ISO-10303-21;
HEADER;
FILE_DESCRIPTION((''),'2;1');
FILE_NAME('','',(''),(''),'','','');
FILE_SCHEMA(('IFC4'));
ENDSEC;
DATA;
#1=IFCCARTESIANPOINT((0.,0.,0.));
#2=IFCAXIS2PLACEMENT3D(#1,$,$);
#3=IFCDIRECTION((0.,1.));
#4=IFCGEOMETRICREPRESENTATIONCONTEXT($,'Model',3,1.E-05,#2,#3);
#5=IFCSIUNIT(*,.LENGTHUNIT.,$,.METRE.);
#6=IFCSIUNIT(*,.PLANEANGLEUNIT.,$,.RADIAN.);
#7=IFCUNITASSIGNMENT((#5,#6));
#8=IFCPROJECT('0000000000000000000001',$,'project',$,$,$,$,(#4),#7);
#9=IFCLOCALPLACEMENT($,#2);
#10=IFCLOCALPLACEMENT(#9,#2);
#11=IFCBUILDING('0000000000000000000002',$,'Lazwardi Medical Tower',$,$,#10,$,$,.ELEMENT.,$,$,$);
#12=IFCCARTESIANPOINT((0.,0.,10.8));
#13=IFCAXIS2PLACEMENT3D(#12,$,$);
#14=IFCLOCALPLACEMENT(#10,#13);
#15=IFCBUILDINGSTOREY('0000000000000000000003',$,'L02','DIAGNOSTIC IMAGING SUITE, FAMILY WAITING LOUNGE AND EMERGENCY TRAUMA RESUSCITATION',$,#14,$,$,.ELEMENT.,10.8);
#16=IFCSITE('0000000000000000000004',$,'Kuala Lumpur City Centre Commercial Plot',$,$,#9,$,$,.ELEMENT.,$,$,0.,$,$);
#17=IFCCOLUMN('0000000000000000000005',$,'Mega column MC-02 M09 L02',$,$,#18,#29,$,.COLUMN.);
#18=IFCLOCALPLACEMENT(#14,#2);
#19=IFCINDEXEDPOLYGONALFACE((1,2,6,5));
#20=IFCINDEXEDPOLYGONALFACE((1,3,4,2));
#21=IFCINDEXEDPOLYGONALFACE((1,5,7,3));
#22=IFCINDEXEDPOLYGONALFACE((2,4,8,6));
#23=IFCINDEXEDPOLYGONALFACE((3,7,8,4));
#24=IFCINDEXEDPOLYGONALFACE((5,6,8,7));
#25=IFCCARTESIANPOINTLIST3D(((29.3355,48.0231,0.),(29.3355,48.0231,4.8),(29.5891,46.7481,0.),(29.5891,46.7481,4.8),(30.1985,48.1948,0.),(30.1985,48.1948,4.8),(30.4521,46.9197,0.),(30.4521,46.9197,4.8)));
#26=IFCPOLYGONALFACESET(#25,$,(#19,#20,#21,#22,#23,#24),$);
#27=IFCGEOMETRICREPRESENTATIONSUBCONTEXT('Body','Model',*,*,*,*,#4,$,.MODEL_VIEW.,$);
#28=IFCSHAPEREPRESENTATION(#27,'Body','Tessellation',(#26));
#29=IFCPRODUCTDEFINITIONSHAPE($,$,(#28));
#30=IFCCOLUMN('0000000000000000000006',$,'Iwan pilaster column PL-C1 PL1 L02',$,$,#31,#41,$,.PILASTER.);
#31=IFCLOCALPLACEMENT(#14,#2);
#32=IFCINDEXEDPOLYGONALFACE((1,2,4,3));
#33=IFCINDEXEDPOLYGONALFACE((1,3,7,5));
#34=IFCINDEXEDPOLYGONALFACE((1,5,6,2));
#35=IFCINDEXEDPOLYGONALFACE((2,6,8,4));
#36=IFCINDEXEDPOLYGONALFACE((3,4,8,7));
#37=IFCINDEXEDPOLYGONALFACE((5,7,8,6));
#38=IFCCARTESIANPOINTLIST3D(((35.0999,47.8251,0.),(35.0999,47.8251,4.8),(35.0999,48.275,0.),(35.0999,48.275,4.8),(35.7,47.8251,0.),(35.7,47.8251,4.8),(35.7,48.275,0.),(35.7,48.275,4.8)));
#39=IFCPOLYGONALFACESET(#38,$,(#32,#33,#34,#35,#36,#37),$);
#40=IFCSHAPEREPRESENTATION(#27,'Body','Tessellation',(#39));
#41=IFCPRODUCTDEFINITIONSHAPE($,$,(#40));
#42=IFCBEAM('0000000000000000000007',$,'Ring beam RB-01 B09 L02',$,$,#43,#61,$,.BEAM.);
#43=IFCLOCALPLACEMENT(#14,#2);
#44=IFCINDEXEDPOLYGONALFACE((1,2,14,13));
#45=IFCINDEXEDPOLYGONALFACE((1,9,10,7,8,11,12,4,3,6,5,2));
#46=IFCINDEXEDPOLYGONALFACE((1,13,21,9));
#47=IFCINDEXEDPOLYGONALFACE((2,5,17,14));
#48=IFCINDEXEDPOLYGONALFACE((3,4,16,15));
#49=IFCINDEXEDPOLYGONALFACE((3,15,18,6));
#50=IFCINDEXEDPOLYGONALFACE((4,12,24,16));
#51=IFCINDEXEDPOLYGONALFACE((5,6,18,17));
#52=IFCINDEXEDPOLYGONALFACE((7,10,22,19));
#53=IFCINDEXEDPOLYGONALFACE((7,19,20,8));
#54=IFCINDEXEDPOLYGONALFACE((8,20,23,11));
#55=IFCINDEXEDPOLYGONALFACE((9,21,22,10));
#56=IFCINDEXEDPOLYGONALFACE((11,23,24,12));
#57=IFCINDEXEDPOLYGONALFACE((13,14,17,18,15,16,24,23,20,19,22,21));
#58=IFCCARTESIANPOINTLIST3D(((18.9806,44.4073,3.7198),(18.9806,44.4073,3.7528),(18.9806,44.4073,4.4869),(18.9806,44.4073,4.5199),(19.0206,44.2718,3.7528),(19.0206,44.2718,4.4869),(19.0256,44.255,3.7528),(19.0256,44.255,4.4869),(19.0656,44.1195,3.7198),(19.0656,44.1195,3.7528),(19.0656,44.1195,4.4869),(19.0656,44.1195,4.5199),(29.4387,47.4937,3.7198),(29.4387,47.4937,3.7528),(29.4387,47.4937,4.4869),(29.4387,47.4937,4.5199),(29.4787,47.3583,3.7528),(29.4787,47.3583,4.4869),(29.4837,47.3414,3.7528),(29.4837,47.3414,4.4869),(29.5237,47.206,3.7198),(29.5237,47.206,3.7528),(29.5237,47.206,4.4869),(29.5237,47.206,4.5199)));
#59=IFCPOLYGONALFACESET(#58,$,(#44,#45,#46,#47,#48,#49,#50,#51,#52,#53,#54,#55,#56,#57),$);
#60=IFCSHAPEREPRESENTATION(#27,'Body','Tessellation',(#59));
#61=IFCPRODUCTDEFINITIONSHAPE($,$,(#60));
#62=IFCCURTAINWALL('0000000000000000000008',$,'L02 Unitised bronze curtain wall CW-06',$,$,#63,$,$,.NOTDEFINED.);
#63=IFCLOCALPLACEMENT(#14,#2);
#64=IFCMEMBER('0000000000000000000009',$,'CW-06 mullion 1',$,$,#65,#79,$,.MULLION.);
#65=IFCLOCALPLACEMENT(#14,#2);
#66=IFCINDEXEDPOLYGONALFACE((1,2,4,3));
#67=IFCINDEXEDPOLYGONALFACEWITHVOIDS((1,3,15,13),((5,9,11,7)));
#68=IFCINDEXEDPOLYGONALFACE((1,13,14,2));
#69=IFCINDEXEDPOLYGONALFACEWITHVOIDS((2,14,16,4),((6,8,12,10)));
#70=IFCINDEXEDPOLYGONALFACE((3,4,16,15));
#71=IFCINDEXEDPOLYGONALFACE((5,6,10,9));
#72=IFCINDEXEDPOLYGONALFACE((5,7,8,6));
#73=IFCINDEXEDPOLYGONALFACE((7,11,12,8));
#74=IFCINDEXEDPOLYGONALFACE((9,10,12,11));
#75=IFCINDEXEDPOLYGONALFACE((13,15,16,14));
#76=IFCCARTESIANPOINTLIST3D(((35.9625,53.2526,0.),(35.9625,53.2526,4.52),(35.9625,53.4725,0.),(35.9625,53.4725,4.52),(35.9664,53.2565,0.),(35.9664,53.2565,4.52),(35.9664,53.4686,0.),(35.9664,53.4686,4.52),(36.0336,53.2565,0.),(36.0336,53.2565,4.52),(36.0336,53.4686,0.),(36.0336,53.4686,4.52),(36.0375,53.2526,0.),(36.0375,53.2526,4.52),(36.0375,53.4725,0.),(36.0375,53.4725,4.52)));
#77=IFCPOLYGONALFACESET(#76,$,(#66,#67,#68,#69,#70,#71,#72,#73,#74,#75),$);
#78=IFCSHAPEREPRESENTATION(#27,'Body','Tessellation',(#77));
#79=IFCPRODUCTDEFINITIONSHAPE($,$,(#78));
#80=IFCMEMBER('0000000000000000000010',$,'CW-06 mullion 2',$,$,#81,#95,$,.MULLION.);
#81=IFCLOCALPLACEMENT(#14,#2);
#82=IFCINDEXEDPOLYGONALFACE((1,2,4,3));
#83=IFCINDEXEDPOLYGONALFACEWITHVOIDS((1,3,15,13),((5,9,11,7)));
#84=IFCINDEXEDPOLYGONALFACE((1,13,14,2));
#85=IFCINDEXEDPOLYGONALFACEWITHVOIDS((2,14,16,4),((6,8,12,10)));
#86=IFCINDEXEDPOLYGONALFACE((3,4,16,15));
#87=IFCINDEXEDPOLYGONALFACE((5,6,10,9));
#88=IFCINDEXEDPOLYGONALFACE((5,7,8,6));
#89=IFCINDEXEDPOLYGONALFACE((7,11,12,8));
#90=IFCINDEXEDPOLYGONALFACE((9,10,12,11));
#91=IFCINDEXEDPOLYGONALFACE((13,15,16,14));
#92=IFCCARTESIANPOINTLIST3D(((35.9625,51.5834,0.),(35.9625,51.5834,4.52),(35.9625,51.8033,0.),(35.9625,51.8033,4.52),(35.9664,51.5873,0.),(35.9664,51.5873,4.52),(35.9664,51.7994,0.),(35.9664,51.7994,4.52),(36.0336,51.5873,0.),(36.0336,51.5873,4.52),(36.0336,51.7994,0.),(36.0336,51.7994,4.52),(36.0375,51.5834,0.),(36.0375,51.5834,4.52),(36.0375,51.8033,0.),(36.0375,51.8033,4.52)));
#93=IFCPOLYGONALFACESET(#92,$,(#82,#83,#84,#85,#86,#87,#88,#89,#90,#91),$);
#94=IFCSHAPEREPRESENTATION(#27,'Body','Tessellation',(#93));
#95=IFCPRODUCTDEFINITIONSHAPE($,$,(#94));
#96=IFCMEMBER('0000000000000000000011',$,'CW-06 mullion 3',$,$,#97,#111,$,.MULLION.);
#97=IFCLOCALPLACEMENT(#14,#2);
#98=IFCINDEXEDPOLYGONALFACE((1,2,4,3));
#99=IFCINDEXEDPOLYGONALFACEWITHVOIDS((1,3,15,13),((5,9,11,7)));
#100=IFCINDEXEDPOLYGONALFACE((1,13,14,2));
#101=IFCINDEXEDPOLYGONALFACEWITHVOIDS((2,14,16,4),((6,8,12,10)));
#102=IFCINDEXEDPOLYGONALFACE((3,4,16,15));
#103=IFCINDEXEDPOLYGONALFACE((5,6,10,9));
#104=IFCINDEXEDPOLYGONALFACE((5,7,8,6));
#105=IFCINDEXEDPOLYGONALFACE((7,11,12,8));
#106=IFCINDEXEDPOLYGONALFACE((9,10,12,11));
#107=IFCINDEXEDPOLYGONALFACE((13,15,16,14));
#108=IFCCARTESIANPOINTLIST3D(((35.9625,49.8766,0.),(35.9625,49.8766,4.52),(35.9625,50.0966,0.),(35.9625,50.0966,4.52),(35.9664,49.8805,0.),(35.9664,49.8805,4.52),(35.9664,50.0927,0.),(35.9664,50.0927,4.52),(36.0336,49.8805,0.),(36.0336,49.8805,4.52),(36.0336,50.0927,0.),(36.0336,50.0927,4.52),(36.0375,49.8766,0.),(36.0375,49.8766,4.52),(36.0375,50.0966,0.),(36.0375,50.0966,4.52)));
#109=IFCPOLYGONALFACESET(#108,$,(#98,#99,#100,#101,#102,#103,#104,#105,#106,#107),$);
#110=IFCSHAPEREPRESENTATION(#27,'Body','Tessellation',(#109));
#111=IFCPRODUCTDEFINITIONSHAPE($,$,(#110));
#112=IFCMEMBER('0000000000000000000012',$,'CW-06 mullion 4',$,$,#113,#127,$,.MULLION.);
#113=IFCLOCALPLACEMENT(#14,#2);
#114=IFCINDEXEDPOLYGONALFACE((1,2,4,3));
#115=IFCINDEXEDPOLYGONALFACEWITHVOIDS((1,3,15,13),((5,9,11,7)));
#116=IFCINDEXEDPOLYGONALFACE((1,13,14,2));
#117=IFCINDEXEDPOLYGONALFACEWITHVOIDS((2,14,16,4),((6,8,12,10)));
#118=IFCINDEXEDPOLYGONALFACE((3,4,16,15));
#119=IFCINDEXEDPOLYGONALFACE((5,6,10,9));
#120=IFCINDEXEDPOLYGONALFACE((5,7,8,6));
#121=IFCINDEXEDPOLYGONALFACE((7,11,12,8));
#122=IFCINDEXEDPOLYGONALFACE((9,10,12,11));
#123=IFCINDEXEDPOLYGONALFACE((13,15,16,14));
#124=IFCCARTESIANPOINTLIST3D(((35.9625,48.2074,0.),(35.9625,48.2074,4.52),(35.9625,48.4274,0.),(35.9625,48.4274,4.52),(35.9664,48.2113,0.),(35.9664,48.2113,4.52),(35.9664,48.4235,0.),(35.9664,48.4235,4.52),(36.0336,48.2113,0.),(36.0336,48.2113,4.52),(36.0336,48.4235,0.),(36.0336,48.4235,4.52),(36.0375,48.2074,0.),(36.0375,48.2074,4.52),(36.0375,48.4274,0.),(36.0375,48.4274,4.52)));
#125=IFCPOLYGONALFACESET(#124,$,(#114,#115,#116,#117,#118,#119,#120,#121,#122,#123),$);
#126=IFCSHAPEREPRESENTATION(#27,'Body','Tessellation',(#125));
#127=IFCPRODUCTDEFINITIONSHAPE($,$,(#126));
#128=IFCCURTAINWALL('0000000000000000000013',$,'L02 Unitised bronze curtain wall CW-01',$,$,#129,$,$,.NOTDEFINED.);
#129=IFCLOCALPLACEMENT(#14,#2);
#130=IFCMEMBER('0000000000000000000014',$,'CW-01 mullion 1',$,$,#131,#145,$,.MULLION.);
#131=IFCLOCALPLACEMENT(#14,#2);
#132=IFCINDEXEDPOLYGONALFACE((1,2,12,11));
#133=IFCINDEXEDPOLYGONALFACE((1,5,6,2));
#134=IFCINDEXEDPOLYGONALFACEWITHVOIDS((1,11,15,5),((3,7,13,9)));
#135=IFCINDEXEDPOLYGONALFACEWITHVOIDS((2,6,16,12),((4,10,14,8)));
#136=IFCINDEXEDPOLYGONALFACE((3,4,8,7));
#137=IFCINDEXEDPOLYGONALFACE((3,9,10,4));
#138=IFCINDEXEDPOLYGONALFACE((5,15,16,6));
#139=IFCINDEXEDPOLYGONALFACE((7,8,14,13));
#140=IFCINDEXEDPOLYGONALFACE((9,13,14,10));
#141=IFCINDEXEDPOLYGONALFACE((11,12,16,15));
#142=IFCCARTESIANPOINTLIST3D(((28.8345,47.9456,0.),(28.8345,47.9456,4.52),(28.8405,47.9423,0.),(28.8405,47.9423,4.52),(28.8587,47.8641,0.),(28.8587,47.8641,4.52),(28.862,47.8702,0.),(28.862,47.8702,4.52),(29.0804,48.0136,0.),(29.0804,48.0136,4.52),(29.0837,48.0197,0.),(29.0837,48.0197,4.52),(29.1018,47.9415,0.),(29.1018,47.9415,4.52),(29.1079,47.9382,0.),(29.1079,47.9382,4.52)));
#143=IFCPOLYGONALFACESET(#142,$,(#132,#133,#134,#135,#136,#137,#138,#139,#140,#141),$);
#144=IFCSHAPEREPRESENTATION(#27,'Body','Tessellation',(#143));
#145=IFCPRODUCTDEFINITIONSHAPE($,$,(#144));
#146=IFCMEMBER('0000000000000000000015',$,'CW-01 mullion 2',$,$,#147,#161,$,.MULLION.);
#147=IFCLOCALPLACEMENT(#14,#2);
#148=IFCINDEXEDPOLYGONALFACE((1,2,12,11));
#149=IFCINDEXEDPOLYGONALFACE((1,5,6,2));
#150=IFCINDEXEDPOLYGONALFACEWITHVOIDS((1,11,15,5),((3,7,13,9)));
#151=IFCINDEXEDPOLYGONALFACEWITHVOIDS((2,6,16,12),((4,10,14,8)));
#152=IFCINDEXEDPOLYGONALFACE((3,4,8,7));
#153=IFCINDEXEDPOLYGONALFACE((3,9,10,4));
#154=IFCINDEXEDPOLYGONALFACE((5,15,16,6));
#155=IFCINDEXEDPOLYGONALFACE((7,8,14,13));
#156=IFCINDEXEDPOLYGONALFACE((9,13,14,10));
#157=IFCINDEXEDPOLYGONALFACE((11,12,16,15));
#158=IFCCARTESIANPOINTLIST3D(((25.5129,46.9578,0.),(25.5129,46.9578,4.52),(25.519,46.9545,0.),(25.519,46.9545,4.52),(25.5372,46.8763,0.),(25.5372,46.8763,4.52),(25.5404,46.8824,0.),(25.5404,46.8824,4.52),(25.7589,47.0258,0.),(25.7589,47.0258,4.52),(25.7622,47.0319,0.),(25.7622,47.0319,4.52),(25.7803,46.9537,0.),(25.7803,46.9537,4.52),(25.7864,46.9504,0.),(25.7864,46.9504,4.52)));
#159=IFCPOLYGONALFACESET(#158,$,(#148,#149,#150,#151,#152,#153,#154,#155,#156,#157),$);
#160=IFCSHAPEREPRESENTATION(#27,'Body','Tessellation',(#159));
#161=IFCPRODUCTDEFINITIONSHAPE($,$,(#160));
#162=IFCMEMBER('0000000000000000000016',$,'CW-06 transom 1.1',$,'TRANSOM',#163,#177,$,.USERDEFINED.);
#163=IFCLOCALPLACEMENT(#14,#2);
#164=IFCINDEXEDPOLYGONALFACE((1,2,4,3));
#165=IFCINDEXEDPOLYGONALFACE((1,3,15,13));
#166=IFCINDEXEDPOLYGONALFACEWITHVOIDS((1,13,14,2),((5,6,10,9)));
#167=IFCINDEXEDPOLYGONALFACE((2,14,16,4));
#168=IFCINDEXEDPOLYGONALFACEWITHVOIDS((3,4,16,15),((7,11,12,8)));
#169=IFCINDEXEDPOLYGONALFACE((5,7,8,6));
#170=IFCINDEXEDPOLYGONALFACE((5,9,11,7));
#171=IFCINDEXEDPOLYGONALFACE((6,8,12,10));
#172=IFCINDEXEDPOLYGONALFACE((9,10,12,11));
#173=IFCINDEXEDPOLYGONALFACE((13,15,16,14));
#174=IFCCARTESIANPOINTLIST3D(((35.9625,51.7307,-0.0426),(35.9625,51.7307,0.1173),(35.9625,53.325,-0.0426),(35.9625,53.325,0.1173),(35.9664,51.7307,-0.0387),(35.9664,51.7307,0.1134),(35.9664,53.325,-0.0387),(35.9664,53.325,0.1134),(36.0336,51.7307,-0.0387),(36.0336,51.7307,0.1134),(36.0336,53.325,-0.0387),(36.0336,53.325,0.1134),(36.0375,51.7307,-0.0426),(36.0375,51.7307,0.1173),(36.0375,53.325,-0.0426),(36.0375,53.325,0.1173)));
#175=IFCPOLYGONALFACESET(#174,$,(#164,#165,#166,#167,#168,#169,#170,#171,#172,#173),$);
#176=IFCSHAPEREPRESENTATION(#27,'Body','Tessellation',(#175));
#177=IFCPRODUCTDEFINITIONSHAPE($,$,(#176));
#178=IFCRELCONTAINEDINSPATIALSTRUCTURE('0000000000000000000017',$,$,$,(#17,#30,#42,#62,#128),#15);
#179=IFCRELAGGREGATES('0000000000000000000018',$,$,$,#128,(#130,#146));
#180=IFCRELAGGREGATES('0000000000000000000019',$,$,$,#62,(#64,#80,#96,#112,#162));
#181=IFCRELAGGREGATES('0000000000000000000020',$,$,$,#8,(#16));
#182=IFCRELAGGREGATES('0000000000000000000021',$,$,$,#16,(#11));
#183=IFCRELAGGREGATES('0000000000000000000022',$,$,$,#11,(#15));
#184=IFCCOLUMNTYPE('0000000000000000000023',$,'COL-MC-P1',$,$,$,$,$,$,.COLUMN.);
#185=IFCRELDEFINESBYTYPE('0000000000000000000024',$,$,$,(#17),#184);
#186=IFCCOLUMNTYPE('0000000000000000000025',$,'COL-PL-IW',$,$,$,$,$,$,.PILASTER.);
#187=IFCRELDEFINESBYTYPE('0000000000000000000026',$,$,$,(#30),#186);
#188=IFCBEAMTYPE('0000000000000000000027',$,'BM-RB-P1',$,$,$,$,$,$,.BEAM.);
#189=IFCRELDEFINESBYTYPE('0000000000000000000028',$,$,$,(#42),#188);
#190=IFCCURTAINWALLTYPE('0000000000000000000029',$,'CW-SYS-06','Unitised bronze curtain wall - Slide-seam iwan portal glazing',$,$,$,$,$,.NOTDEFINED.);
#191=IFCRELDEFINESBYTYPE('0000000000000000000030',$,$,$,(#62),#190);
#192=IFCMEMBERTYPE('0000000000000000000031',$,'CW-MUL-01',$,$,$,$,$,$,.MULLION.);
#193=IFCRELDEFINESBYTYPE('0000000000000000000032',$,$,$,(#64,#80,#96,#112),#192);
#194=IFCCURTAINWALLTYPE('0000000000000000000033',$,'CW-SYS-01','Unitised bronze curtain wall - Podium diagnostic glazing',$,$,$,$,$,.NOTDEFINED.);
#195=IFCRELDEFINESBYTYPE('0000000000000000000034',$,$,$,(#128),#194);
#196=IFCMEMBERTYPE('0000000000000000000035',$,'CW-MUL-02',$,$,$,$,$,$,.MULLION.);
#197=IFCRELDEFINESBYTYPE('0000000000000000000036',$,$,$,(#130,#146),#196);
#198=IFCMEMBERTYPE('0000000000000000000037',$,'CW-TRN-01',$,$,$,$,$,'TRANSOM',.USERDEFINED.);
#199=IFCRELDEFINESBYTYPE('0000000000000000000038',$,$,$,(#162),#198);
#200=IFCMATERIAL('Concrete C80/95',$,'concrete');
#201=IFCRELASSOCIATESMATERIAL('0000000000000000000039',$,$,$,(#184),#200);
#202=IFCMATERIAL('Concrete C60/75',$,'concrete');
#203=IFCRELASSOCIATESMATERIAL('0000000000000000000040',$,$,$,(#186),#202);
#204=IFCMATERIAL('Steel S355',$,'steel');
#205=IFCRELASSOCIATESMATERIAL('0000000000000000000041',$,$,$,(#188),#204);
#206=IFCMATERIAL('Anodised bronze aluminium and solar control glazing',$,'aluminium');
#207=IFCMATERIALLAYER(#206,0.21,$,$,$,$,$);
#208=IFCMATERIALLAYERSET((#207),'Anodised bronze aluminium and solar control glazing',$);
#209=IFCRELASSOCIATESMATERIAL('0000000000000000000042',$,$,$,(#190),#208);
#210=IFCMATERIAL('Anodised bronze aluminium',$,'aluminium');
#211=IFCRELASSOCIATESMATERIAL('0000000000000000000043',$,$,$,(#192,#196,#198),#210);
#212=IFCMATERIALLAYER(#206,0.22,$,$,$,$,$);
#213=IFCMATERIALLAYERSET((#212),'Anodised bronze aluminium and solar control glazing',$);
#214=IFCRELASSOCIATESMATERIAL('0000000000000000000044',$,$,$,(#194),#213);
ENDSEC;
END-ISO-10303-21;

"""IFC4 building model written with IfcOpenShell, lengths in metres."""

from ifc_helpers import new_model, si_unit, direction, frame, origin, origin_2d, place, context, subcontext, project, spatial, rectangle, hollow_rectangle, i_section, extrude, material, layer, layer_set, material_profile, profile_set, type_object, element, aggregate, save


model = new_model("IFC4")

# Units and contexts
model_context = context("Model", 3, precision=1e-05, world=origin(), true_north=direction((0.0, 1.0)))
body_context = subcontext(model_context, "Body", "Model", "MODEL_VIEW")
ifc_project = project(units=[si_unit("LENGTHUNIT", "METRE"), si_unit("PLANEANGLEUNIT", "RADIAN")], contexts=[model_context])

# Site, building, storey
site_placement = place(None, origin())
site = spatial("IfcSite", under=ifc_project, at=site_placement, Name="Kuala Lumpur City Centre Commercial Plot", CompositionType="ELEMENT", RefElevation=0.0)
building_placement = place(site_placement, origin())
building = spatial("IfcBuilding", under=site, at=building_placement, Name="Lazwardi Medical Tower", CompositionType="ELEMENT")
storey_placement = place(building_placement, frame((0.0, 0.0, 10.8)))
storey = spatial("IfcBuildingStorey", under=building, at=storey_placement, Name="L02", Description="DIAGNOSTIC IMAGING SUITE, FAMILY WAITING LOUNGE AND EMERGENCY TRAUMA RESUSCITATION", CompositionType="ELEMENT", Elevation=10.8)

# Columns
ifc_material_1 = material(Name="Concrete C80/95", Category="concrete")
ifc_material_profile_1 = material_profile(ifc_material_1, rectangle(XDim=1.3, YDim=0.8799, at=origin_2d()), Name="CFT-RECT 1300x880")
ifc_profile_set_1 = profile_set([ifc_material_profile_1], Name="Concrete C80/95")
column_type_1 = type_object("IfcColumnType", Name="COL-MC-P1", PredefinedType="COLUMN", material=ifc_profile_set_1)
column_1_placement = place(storey_placement, frame((29.8938, 47.4714, 0.0), z_axis=(0.0, 0.0, 1.0), x_axis=(-0.19509, 0.980785, 0.0)))
element("IfcColumn", 1, at=column_1_placement, inside=storey, type_object=column_type_1, Name="Mega column MC-02 M09 L02", PredefinedType="COLUMN", context=body_context, shape_type="SweptSolid", body=[
    extrude(rectangle(XDim=1.3, YDim=0.8799, at=origin_2d()), origin(), (0.0, 0.0, 1.0), 4.8),
])
ifc_material_2 = material(Name="Concrete C60/75", Category="concrete")
ifc_material_profile_2 = material_profile(ifc_material_2, rectangle(XDim=0.6001, YDim=0.45, at=origin_2d()), Name="RC 600x450")
ifc_profile_set_2 = profile_set([ifc_material_profile_2], Name="Concrete C60/75")
column_type_2 = type_object("IfcColumnType", Name="COL-PL-IW", PredefinedType="PILASTER", material=ifc_profile_set_2)
column_2_placement = place(storey_placement, frame((35.3999, 48.05, 0.0), z_axis=(0.0, 0.0, 1.0), x_axis=(1.0, 0.0, 0.0)))
element("IfcColumn", 2, at=column_2_placement, inside=storey, type_object=column_type_2, Name="Iwan pilaster column PL-C1 PL1 L02", PredefinedType="PILASTER", context=body_context, shape_type="SweptSolid", body=[
    extrude(rectangle(XDim=0.6001, YDim=0.45, at=origin_2d()), origin(), (0.0, 0.0, 1.0), 4.8),
])

# Beam
ifc_material_3 = material(Name="Steel S355", Category="steel")
ifc_material_profile_3 = material_profile(ifc_material_3, i_section(OverallWidth=0.3, OverallDepth=0.8, WebThickness=0.0176, FlangeThickness=0.033, at=origin_2d()), Name="HEB 800")
ifc_profile_set_3 = profile_set([ifc_material_profile_3], Name="Steel S355")
beam_type = type_object("IfcBeamType", Name="BM-RB-P1", PredefinedType="BEAM", material=ifc_profile_set_3)
beam_placement = place(storey_placement, frame((29.4812, 47.3499, 4.1199), z_axis=(-0.959103, -0.283056, 0.0), x_axis=(0.283056, -0.959103, 0.0)))
element("IfcBeam", 3, at=beam_placement, inside=storey, type_object=beam_type, Name="Ring beam RB-01 B09 L02", PredefinedType="BEAM", context=body_context, shape_type="SweptSolid", body=[
    extrude(i_section(OverallWidth=0.3, OverallDepth=0.8, WebThickness=0.0176, FlangeThickness=0.033, at=origin_2d()), origin(), (0.0, 0.0, 1.0), 10.9041),
])

# Curtain walls, members
ifc_material_4 = material(Name="Anodised bronze aluminium and solar control glazing", Category="aluminium")
ifc_layer_1 = layer(ifc_material_4, 0.21)
ifc_layer_set_1 = layer_set([ifc_layer_1], Name="Anodised bronze aluminium and solar control glazing")
curtain_wall_type_1 = type_object("IfcCurtainWallType", Name="CW-SYS-06", Description="Unitised bronze curtain wall - Slide-seam iwan portal glazing", PredefinedType="NOTDEFINED", material=ifc_layer_set_1)
curtain_wall_1_placement = place(storey_placement, origin())
curtain_wall_1 = element("IfcCurtainWall", 4, at=curtain_wall_1_placement, inside=storey, type_object=curtain_wall_type_1, Name="L02 Unitised bronze curtain wall CW-06", PredefinedType="NOTDEFINED")
ifc_material_5 = material(Name="Anodised bronze aluminium", Category="aluminium")
ifc_material_profile_4 = material_profile(ifc_material_5, hollow_rectangle(XDim=0.075, YDim=0.22, WallThickness=0.0039, at=origin_2d()), Name="ALU-MULLION 220x75x4")
ifc_profile_set_4 = profile_set([ifc_material_profile_4], Name="Anodised bronze aluminium")
member_type_1 = type_object("IfcMemberType", Name="CW-MUL-01", PredefinedType="MULLION", material=ifc_profile_set_4)
member_1_placement = place(storey_placement, frame((36.0, 53.3625, 0.0), z_axis=(0.0, 0.0, 1.0), x_axis=(1.0, 0.0, 0.0)))
member_1 = element("IfcMember", 5, at=member_1_placement, type_object=member_type_1, Name="CW-06 mullion 1", PredefinedType="MULLION", context=body_context, shape_type="SweptSolid", body=[
    extrude(hollow_rectangle(XDim=0.075, YDim=0.22, WallThickness=0.0039, at=origin_2d()), origin(), (0.0, 0.0, 1.0), 4.52),
])
member_2_placement = place(storey_placement, frame((36.0, 51.6934, 0.0), z_axis=(0.0, 0.0, 1.0), x_axis=(1.0, 0.0, 0.0)))
member_2 = element("IfcMember", 6, at=member_2_placement, type_object=member_type_1, Name="CW-06 mullion 2", PredefinedType="MULLION", context=body_context, shape_type="SweptSolid", body=[
    extrude(hollow_rectangle(XDim=0.075, YDim=0.22, WallThickness=0.0039, at=origin_2d()), origin(), (0.0, 0.0, 1.0), 4.52),
])
member_3_placement = place(storey_placement, frame((36.0, 49.9866, 0.0), z_axis=(0.0, 0.0, 1.0), x_axis=(1.0, 0.0, 0.0)))
member_3 = element("IfcMember", 7, at=member_3_placement, type_object=member_type_1, Name="CW-06 mullion 3", PredefinedType="MULLION", context=body_context, shape_type="SweptSolid", body=[
    extrude(hollow_rectangle(XDim=0.075, YDim=0.22, WallThickness=0.0039, at=origin_2d()), origin(), (0.0, 0.0, 1.0), 4.52),
])
member_4_placement = place(storey_placement, frame((36.0, 48.3174, 0.0), z_axis=(0.0, 0.0, 1.0), x_axis=(1.0, 0.0, 0.0)))
member_4 = element("IfcMember", 8, at=member_4_placement, type_object=member_type_1, Name="CW-06 mullion 4", PredefinedType="MULLION", context=body_context, shape_type="SweptSolid", body=[
    extrude(hollow_rectangle(XDim=0.075, YDim=0.22, WallThickness=0.0039, at=origin_2d()), origin(), (0.0, 0.0, 1.0), 4.52),
])
ifc_layer_2 = layer(ifc_material_4, 0.22)
ifc_layer_set_2 = layer_set([ifc_layer_2], Name="Anodised bronze aluminium and solar control glazing")
curtain_wall_type_2 = type_object("IfcCurtainWallType", Name="CW-SYS-01", Description="Unitised bronze curtain wall - Podium diagnostic glazing", PredefinedType="NOTDEFINED", material=ifc_layer_set_2)
curtain_wall_2_placement = place(storey_placement, origin())
curtain_wall_2 = element("IfcCurtainWall", 9, at=curtain_wall_2_placement, inside=storey, type_object=curtain_wall_type_2, Name="L02 Unitised bronze curtain wall CW-01", PredefinedType="NOTDEFINED")
ifc_material_profile_5 = material_profile(ifc_material_5, hollow_rectangle(XDim=0.085, YDim=0.26, WallThickness=0.0049, at=origin_2d()), Name="ALU-MULLION 260x85x5")
ifc_profile_set_5 = profile_set([ifc_material_profile_5], Name="Anodised bronze aluminium")
member_type_2 = type_object("IfcMemberType", Name="CW-MUL-02", PredefinedType="MULLION", material=ifc_profile_set_5)
member_5_placement = place(storey_placement, frame((28.9712, 47.9419, 0.0), z_axis=(0.0, 0.0, 1.0), x_axis=(0.285047, -0.958513, 0.0)))
member_5 = element("IfcMember", 10, at=member_5_placement, type_object=member_type_2, Name="CW-01 mullion 1", PredefinedType="MULLION", context=body_context, shape_type="SweptSolid", body=[
    extrude(hollow_rectangle(XDim=0.085, YDim=0.26, WallThickness=0.0049, at=origin_2d()), origin(), (0.0, 0.0, 1.0), 4.52),
])
member_6_placement = place(storey_placement, frame((25.6497, 46.9541, 0.0), z_axis=(0.0, 0.0, 1.0), x_axis=(0.285047, -0.958513, 0.0)))
member_6 = element("IfcMember", 11, at=member_6_placement, type_object=member_type_2, Name="CW-01 mullion 2", PredefinedType="MULLION", context=body_context, shape_type="SweptSolid", body=[
    extrude(hollow_rectangle(XDim=0.085, YDim=0.26, WallThickness=0.0049, at=origin_2d()), origin(), (0.0, 0.0, 1.0), 4.52),
])

# Member
ifc_material_profile_6 = material_profile(ifc_material_5, hollow_rectangle(XDim=0.075, YDim=0.1599, WallThickness=0.0039, at=origin_2d()), Name="ALU-TRANSOM 160x75x4")
ifc_profile_set_6 = profile_set([ifc_material_profile_6], Name="Anodised bronze aluminium")
member_type_3 = type_object("IfcMemberType", Name="CW-TRN-01", ElementType="TRANSOM", PredefinedType="USERDEFINED", material=ifc_profile_set_6)
member_7_placement = place(storey_placement, frame((36.0, 53.325, 0.0374), z_axis=(0.0, -1.0, 0.0), x_axis=(1.0, 0.0, 0.0)))
member_7 = element("IfcMember", 12, at=member_7_placement, type_object=member_type_3, Name="CW-06 transom 1.1", ObjectType="TRANSOM", PredefinedType="USERDEFINED", context=body_context, shape_type="SweptSolid", body=[
    extrude(hollow_rectangle(XDim=0.075, YDim=0.1599, WallThickness=0.0039, at=origin_2d()), origin(), (0.0, 0.0, 1.0), 1.5942),
])

aggregate(curtain_wall_2, [member_5, member_6])
aggregate(curtain_wall_1, [member_1, member_2, member_3, member_4, member_7])

save(model, "model.ifc")
